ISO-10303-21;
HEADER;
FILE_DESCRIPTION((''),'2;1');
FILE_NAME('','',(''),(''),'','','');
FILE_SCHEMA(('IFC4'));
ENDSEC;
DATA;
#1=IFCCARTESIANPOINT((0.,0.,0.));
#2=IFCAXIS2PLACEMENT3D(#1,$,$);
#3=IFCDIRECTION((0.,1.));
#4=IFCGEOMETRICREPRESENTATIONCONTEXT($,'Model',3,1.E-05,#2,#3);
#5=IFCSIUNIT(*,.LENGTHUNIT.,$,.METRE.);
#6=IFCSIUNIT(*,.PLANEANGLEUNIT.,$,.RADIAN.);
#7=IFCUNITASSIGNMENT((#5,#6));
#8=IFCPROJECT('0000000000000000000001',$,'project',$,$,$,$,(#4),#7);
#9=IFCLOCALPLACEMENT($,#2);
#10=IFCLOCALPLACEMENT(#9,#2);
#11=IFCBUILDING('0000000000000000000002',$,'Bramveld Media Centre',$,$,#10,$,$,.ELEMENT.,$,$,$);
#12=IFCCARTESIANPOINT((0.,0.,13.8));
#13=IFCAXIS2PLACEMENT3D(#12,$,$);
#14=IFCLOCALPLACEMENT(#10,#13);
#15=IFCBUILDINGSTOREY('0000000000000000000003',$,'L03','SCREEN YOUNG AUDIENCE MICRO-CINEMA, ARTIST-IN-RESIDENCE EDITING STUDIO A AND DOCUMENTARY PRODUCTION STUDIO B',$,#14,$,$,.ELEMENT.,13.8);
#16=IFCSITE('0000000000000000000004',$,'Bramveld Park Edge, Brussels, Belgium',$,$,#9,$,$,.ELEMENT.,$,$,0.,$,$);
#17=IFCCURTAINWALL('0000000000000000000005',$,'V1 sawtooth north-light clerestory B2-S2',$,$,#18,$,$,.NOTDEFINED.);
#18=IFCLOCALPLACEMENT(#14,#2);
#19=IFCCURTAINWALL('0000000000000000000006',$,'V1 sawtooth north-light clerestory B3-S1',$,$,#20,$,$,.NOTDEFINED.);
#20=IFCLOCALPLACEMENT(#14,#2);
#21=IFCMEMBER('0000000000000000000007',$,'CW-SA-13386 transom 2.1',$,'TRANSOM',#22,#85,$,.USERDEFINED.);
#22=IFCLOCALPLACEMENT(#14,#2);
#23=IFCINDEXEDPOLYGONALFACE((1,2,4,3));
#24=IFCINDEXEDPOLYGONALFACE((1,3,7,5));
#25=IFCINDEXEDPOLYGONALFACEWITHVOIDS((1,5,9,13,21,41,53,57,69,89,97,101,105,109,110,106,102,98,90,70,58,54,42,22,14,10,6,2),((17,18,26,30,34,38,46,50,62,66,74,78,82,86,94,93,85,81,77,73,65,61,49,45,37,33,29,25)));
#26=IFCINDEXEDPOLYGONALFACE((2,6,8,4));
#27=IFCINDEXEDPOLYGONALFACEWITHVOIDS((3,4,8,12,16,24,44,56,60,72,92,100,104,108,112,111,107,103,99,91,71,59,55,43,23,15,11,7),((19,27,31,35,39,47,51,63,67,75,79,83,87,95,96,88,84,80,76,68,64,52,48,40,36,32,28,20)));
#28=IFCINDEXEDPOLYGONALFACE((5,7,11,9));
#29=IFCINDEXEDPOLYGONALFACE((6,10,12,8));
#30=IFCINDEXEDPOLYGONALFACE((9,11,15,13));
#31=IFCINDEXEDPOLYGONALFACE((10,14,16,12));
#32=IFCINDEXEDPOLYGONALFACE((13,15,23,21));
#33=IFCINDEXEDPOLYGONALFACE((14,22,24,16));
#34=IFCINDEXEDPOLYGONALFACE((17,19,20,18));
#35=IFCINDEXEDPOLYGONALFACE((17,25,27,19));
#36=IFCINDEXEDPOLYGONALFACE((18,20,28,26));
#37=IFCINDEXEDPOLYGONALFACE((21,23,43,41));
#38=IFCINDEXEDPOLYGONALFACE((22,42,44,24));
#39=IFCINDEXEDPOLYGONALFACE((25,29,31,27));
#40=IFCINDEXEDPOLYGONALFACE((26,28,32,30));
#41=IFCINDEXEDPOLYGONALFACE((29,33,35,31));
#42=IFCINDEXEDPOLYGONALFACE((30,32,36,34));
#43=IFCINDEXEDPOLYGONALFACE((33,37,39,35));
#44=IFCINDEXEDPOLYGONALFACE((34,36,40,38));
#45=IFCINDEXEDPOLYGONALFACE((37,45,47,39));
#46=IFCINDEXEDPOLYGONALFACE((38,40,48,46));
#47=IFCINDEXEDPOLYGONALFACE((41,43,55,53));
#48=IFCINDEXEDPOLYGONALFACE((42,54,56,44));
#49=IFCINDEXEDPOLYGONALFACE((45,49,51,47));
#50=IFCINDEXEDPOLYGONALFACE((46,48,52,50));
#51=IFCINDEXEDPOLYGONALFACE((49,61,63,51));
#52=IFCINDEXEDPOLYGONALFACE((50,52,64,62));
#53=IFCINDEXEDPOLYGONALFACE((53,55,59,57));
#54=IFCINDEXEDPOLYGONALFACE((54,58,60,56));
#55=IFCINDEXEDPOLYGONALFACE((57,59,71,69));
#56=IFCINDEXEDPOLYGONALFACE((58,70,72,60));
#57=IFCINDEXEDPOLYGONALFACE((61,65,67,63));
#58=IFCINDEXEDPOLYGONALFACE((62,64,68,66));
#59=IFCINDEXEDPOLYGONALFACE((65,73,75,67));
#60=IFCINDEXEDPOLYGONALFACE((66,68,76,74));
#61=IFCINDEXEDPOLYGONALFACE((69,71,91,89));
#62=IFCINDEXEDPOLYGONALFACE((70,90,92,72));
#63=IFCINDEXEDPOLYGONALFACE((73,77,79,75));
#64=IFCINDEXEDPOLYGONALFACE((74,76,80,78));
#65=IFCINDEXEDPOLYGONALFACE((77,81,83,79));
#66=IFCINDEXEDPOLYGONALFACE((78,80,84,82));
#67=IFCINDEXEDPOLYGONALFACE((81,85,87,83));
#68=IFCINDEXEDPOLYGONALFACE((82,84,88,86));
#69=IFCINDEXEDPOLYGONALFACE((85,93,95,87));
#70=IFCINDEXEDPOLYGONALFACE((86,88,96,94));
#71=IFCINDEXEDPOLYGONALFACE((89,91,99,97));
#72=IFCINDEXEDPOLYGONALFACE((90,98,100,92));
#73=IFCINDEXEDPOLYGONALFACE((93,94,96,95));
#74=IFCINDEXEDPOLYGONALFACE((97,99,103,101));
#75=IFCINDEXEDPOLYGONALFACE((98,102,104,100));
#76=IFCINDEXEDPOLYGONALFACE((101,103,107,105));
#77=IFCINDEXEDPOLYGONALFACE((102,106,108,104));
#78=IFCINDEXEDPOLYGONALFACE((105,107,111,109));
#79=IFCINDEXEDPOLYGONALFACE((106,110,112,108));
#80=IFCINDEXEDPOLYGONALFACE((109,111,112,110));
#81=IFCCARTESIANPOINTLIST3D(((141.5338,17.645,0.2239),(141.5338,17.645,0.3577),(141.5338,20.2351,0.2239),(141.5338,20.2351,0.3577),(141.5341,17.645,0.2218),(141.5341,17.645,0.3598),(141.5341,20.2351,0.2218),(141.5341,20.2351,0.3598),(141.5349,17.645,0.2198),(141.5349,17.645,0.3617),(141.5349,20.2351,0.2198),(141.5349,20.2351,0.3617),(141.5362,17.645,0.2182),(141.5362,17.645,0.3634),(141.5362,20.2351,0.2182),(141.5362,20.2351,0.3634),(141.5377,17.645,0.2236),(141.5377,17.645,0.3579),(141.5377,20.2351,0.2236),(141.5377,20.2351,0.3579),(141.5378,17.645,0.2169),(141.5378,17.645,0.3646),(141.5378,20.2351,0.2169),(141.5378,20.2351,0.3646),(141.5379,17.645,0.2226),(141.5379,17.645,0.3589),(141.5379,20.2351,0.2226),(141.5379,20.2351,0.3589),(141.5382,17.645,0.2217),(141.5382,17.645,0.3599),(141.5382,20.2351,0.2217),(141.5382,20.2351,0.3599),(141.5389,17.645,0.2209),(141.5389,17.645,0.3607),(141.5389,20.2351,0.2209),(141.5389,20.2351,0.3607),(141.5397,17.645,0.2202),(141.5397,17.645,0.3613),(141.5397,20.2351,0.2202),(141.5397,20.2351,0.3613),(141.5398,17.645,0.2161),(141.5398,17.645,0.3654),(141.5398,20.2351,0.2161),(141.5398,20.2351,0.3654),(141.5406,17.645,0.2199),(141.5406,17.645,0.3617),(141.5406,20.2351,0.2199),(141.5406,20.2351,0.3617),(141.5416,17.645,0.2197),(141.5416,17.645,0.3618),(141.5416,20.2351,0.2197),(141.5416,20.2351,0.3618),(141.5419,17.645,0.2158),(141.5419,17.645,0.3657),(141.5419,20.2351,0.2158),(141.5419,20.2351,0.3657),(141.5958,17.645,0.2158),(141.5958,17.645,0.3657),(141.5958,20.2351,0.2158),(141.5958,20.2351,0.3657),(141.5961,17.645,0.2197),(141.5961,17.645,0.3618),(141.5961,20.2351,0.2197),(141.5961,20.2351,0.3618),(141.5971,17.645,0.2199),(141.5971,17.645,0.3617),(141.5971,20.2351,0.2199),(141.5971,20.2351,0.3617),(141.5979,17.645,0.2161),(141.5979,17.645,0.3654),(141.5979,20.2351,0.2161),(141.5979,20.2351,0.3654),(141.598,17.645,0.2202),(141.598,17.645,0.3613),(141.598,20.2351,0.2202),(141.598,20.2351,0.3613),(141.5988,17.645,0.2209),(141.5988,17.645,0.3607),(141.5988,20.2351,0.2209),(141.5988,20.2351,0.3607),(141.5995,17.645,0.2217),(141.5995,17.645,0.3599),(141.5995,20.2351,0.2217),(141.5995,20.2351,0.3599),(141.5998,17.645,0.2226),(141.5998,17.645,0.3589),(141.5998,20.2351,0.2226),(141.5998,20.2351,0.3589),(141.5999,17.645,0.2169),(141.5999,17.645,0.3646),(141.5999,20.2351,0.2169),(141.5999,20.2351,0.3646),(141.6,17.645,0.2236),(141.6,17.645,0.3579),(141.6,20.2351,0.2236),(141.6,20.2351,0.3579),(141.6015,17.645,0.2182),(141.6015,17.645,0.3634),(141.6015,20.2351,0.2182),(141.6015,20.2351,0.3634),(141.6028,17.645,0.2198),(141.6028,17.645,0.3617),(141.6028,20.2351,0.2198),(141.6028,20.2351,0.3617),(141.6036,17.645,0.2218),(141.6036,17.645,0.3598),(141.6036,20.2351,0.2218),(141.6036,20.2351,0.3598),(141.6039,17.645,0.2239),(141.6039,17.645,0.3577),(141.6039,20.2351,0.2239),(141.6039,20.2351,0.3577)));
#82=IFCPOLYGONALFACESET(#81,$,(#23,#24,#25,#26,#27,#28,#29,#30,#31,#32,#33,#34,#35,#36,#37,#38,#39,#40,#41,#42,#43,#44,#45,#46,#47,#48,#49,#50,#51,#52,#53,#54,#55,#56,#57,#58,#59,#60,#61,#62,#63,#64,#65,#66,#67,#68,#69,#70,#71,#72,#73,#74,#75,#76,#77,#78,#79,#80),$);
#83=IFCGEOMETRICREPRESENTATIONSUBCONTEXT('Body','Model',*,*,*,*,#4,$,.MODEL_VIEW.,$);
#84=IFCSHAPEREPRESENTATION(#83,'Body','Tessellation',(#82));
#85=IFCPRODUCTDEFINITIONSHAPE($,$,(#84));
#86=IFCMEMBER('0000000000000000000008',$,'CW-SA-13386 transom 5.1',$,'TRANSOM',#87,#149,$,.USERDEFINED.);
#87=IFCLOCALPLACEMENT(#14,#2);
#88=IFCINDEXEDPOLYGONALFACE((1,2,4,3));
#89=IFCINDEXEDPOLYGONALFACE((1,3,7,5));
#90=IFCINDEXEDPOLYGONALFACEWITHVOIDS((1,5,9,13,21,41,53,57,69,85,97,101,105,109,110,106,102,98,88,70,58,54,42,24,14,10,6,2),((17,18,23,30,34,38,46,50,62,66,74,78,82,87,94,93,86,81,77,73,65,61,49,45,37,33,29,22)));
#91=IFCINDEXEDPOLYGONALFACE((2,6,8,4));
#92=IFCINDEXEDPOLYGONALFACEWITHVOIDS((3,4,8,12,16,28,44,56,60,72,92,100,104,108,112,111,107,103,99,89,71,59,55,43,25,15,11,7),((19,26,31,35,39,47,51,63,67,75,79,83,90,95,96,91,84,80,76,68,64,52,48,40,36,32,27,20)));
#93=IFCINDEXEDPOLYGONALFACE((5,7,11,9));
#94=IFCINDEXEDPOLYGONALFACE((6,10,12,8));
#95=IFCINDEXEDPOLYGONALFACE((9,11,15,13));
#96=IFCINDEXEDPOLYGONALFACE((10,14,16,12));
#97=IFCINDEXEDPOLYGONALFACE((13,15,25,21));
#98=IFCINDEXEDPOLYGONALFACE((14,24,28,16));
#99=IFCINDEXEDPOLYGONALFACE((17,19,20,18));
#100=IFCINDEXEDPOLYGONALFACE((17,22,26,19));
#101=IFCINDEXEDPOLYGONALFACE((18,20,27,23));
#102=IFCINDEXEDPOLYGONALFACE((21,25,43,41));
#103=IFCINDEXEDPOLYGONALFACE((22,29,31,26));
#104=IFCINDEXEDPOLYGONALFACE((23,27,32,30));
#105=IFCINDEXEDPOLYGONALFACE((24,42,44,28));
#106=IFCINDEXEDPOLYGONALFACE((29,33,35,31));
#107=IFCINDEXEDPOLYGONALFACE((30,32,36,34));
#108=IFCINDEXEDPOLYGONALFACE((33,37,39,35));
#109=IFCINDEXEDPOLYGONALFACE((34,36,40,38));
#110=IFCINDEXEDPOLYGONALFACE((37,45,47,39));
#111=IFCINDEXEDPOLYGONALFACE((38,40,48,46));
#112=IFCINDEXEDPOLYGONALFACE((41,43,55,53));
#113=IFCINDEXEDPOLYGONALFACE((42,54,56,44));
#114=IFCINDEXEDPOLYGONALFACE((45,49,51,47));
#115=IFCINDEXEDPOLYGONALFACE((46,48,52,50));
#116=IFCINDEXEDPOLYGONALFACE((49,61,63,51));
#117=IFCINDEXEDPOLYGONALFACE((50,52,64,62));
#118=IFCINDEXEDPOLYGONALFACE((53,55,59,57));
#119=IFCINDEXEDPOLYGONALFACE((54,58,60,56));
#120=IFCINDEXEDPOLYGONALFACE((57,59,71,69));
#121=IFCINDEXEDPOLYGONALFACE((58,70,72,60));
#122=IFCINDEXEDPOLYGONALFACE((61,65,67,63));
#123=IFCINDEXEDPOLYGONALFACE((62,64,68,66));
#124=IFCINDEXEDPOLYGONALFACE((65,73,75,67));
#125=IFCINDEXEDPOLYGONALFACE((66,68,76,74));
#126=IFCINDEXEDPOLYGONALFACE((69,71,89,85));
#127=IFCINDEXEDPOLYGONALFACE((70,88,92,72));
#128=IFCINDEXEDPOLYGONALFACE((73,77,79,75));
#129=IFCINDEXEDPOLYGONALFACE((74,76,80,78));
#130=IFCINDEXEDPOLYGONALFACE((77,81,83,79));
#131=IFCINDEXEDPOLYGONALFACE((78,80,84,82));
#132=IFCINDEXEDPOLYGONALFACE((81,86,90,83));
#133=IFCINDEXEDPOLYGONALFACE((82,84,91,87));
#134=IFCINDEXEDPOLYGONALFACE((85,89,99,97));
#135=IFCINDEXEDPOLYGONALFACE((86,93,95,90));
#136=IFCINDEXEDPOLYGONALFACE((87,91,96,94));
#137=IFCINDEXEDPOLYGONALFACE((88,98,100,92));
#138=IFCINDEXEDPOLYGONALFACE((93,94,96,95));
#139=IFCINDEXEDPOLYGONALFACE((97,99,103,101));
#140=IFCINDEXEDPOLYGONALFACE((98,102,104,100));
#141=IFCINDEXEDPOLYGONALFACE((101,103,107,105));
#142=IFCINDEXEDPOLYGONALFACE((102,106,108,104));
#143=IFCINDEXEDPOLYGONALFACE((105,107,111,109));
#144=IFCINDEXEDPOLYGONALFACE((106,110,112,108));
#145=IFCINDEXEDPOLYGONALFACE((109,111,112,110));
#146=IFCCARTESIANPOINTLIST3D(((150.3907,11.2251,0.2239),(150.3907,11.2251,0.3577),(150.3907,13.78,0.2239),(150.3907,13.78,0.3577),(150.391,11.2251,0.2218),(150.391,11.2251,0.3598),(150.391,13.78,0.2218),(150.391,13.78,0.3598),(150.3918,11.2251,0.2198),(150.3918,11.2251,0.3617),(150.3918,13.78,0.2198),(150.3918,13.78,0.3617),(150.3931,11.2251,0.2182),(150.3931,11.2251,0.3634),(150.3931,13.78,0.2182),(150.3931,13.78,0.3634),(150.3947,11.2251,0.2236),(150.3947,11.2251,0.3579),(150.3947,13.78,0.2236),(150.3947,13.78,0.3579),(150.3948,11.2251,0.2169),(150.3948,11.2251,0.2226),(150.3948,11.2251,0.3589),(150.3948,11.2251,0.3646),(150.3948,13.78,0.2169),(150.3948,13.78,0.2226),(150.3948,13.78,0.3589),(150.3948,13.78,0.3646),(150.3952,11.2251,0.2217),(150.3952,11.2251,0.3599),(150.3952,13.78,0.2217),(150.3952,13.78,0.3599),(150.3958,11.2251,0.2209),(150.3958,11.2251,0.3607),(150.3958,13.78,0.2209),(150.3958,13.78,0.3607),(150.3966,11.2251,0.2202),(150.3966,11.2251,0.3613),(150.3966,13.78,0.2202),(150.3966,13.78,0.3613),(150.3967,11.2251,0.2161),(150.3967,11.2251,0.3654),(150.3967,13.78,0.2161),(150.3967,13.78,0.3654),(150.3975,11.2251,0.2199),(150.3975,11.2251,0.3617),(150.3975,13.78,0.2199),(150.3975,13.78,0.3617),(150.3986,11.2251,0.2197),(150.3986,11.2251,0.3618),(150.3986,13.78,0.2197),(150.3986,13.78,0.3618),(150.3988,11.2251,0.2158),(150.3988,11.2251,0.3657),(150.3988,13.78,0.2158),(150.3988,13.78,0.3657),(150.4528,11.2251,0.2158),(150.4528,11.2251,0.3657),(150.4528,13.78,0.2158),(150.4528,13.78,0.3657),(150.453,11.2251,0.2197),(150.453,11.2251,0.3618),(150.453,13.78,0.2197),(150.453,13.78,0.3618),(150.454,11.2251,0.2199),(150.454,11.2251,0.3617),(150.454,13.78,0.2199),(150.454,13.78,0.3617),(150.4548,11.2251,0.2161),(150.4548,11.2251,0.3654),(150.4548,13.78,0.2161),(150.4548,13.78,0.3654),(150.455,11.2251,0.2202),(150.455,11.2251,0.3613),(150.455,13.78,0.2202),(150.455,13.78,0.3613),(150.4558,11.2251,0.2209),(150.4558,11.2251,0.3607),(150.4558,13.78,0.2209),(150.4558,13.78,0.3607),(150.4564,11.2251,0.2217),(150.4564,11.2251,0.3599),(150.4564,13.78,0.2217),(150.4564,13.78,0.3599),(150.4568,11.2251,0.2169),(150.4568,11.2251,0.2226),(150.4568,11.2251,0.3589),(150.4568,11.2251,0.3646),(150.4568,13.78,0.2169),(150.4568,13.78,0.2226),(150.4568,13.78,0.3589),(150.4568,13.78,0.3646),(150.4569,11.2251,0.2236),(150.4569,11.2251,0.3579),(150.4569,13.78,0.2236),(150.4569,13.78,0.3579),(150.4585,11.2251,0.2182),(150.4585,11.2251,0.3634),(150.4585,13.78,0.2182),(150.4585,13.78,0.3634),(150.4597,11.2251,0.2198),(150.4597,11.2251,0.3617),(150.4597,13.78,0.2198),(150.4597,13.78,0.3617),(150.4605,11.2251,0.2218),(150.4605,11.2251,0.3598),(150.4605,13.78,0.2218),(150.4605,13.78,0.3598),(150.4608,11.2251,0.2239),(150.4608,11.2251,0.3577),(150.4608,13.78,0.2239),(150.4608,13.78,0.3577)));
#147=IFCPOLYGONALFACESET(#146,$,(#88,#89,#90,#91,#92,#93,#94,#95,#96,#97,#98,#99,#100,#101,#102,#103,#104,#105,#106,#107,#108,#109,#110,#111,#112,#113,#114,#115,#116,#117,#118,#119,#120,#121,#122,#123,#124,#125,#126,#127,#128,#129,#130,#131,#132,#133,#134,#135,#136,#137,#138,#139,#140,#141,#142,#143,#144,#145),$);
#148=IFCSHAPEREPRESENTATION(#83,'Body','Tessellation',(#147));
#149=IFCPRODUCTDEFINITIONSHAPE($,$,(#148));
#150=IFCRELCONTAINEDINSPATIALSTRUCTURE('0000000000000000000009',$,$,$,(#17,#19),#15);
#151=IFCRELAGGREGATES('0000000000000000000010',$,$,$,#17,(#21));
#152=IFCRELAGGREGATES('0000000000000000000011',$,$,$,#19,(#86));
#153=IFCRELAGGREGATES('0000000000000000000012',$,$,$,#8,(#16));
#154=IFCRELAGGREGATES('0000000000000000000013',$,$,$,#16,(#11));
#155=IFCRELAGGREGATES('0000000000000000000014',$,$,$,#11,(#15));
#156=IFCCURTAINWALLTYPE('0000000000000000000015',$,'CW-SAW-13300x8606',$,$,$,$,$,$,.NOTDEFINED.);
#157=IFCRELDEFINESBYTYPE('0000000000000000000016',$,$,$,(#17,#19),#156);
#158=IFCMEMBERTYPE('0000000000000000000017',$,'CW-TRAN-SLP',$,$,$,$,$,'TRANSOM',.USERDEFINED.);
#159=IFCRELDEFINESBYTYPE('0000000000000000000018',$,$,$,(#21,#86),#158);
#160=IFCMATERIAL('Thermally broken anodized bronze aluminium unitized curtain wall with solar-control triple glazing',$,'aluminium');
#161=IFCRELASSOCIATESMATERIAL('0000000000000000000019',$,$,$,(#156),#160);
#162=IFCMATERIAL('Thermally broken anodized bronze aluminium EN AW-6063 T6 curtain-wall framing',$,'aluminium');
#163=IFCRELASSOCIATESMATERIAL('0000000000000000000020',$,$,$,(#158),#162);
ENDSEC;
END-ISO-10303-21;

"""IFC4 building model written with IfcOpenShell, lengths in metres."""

from ifc_helpers import new_model, si_unit, direction, frame, origin, origin_2d, place, context, subcontext, project, spatial, hollow_rectangle, extrude, material, material_profile, profile_set, type_object, element, aggregate, save


model = new_model("IFC4")

# Units and contexts
model_context = context("Model", 3, precision=1e-05, world=origin(), true_north=direction((0.0, 1.0)))
body_context = subcontext(model_context, "Body", "Model", "MODEL_VIEW")
ifc_project = project(units=[si_unit("LENGTHUNIT", "METRE"), si_unit("PLANEANGLEUNIT", "RADIAN")], contexts=[model_context])

# Site, building, storey
site_placement = place(None, origin())
site = spatial("IfcSite", under=ifc_project, at=site_placement, Name="Bramveld Park Edge, Brussels, Belgium", CompositionType="ELEMENT", RefElevation=0.0)
building_placement = place(site_placement, origin())
building = spatial("IfcBuilding", under=site, at=building_placement, Name="Bramveld Media Centre", CompositionType="ELEMENT")
storey_placement = place(building_placement, frame((0.0, 0.0, 13.8)))
storey = spatial("IfcBuildingStorey", under=building, at=storey_placement, Name="L03", Description="SCREEN YOUNG AUDIENCE MICRO-CINEMA, ARTIST-IN-RESIDENCE EDITING STUDIO A AND DOCUMENTARY PRODUCTION STUDIO B", CompositionType="ELEMENT", Elevation=13.8)

# Curtain walls
ifc_material_1 = material(Name="Thermally broken anodized bronze aluminium unitized curtain wall with solar-control triple glazing", Category="aluminium")
curtain_wall_type = type_object("IfcCurtainWallType", Name="CW-SAW-13300x8606", PredefinedType="NOTDEFINED", material=ifc_material_1)
curtain_wall_1_placement = place(storey_placement, origin())
curtain_wall_1 = element("IfcCurtainWall", 1, at=curtain_wall_1_placement, inside=storey, type_object=curtain_wall_type, Name="V1 sawtooth north-light clerestory B2-S2", PredefinedType="NOTDEFINED")
curtain_wall_2_placement = place(storey_placement, origin())
curtain_wall_2 = element("IfcCurtainWall", 2, at=curtain_wall_2_placement, inside=storey, type_object=curtain_wall_type, Name="V1 sawtooth north-light clerestory B3-S1", PredefinedType="NOTDEFINED")

# Members
ifc_material_2 = material(Name="Thermally broken anodized bronze aluminium EN AW-6063 T6 curtain-wall framing", Category="aluminium")
ifc_material_profile_1 = material_profile(ifc_material_2, hollow_rectangle(XDim=0.0701, YDim=0.1499, WallThickness=0.0039, InnerFilletRadius=0.0039, OuterFilletRadius=0.0081, at=origin_2d()), Name="AL-TRAN 70x150")
ifc_profile_set_1 = profile_set([ifc_material_profile_1], Name="Thermally broken anodized bronze aluminium EN AW-6063 T6 curtain-wall framing")
member_type_1 = type_object("IfcMemberType", Name="CW-TRAN-SLP", ElementType="TRANSOM", PredefinedType="USERDEFINED", material=ifc_profile_set_1)
member_1_placement = place(storey_placement, frame((141.5688, 17.645, 0.2908), z_axis=(0.0, 1.0, 0.0), x_axis=(-1.0, 0.0, 0.0)))
member_1 = element("IfcMember", 3, at=member_1_placement, type_object=member_type_1, Name="CW-SA-13386 transom 2.1", ObjectType="TRANSOM", PredefinedType="USERDEFINED", context=body_context, shape_type="SweptSolid", body=[
    extrude(hollow_rectangle(XDim=0.0701, YDim=0.1499, WallThickness=0.0039, InnerFilletRadius=0.0039, OuterFilletRadius=0.0081, at=origin_2d()), origin(), (0.0, 0.0, 1.0), 2.5901),
])
aggregate(curtain_wall_1, [member_1])
member_2_placement = place(storey_placement, frame((150.4258, 11.2251, 0.2908), z_axis=(0.0, 1.0, 0.0), x_axis=(-1.0, 0.0, 0.0)))
member_2 = element("IfcMember", 4, at=member_2_placement, type_object=member_type_1, Name="CW-SA-13386 transom 5.1", ObjectType="TRANSOM", PredefinedType="USERDEFINED", context=body_context, shape_type="SweptSolid", body=[
    extrude(hollow_rectangle(XDim=0.0701, YDim=0.1499, WallThickness=0.0039, InnerFilletRadius=0.0039, OuterFilletRadius=0.0081, at=origin_2d()), origin(), (0.0, 0.0, 1.0), 2.5549),
])

aggregate(curtain_wall_2, [member_2])

save(model, "model.ifc")
